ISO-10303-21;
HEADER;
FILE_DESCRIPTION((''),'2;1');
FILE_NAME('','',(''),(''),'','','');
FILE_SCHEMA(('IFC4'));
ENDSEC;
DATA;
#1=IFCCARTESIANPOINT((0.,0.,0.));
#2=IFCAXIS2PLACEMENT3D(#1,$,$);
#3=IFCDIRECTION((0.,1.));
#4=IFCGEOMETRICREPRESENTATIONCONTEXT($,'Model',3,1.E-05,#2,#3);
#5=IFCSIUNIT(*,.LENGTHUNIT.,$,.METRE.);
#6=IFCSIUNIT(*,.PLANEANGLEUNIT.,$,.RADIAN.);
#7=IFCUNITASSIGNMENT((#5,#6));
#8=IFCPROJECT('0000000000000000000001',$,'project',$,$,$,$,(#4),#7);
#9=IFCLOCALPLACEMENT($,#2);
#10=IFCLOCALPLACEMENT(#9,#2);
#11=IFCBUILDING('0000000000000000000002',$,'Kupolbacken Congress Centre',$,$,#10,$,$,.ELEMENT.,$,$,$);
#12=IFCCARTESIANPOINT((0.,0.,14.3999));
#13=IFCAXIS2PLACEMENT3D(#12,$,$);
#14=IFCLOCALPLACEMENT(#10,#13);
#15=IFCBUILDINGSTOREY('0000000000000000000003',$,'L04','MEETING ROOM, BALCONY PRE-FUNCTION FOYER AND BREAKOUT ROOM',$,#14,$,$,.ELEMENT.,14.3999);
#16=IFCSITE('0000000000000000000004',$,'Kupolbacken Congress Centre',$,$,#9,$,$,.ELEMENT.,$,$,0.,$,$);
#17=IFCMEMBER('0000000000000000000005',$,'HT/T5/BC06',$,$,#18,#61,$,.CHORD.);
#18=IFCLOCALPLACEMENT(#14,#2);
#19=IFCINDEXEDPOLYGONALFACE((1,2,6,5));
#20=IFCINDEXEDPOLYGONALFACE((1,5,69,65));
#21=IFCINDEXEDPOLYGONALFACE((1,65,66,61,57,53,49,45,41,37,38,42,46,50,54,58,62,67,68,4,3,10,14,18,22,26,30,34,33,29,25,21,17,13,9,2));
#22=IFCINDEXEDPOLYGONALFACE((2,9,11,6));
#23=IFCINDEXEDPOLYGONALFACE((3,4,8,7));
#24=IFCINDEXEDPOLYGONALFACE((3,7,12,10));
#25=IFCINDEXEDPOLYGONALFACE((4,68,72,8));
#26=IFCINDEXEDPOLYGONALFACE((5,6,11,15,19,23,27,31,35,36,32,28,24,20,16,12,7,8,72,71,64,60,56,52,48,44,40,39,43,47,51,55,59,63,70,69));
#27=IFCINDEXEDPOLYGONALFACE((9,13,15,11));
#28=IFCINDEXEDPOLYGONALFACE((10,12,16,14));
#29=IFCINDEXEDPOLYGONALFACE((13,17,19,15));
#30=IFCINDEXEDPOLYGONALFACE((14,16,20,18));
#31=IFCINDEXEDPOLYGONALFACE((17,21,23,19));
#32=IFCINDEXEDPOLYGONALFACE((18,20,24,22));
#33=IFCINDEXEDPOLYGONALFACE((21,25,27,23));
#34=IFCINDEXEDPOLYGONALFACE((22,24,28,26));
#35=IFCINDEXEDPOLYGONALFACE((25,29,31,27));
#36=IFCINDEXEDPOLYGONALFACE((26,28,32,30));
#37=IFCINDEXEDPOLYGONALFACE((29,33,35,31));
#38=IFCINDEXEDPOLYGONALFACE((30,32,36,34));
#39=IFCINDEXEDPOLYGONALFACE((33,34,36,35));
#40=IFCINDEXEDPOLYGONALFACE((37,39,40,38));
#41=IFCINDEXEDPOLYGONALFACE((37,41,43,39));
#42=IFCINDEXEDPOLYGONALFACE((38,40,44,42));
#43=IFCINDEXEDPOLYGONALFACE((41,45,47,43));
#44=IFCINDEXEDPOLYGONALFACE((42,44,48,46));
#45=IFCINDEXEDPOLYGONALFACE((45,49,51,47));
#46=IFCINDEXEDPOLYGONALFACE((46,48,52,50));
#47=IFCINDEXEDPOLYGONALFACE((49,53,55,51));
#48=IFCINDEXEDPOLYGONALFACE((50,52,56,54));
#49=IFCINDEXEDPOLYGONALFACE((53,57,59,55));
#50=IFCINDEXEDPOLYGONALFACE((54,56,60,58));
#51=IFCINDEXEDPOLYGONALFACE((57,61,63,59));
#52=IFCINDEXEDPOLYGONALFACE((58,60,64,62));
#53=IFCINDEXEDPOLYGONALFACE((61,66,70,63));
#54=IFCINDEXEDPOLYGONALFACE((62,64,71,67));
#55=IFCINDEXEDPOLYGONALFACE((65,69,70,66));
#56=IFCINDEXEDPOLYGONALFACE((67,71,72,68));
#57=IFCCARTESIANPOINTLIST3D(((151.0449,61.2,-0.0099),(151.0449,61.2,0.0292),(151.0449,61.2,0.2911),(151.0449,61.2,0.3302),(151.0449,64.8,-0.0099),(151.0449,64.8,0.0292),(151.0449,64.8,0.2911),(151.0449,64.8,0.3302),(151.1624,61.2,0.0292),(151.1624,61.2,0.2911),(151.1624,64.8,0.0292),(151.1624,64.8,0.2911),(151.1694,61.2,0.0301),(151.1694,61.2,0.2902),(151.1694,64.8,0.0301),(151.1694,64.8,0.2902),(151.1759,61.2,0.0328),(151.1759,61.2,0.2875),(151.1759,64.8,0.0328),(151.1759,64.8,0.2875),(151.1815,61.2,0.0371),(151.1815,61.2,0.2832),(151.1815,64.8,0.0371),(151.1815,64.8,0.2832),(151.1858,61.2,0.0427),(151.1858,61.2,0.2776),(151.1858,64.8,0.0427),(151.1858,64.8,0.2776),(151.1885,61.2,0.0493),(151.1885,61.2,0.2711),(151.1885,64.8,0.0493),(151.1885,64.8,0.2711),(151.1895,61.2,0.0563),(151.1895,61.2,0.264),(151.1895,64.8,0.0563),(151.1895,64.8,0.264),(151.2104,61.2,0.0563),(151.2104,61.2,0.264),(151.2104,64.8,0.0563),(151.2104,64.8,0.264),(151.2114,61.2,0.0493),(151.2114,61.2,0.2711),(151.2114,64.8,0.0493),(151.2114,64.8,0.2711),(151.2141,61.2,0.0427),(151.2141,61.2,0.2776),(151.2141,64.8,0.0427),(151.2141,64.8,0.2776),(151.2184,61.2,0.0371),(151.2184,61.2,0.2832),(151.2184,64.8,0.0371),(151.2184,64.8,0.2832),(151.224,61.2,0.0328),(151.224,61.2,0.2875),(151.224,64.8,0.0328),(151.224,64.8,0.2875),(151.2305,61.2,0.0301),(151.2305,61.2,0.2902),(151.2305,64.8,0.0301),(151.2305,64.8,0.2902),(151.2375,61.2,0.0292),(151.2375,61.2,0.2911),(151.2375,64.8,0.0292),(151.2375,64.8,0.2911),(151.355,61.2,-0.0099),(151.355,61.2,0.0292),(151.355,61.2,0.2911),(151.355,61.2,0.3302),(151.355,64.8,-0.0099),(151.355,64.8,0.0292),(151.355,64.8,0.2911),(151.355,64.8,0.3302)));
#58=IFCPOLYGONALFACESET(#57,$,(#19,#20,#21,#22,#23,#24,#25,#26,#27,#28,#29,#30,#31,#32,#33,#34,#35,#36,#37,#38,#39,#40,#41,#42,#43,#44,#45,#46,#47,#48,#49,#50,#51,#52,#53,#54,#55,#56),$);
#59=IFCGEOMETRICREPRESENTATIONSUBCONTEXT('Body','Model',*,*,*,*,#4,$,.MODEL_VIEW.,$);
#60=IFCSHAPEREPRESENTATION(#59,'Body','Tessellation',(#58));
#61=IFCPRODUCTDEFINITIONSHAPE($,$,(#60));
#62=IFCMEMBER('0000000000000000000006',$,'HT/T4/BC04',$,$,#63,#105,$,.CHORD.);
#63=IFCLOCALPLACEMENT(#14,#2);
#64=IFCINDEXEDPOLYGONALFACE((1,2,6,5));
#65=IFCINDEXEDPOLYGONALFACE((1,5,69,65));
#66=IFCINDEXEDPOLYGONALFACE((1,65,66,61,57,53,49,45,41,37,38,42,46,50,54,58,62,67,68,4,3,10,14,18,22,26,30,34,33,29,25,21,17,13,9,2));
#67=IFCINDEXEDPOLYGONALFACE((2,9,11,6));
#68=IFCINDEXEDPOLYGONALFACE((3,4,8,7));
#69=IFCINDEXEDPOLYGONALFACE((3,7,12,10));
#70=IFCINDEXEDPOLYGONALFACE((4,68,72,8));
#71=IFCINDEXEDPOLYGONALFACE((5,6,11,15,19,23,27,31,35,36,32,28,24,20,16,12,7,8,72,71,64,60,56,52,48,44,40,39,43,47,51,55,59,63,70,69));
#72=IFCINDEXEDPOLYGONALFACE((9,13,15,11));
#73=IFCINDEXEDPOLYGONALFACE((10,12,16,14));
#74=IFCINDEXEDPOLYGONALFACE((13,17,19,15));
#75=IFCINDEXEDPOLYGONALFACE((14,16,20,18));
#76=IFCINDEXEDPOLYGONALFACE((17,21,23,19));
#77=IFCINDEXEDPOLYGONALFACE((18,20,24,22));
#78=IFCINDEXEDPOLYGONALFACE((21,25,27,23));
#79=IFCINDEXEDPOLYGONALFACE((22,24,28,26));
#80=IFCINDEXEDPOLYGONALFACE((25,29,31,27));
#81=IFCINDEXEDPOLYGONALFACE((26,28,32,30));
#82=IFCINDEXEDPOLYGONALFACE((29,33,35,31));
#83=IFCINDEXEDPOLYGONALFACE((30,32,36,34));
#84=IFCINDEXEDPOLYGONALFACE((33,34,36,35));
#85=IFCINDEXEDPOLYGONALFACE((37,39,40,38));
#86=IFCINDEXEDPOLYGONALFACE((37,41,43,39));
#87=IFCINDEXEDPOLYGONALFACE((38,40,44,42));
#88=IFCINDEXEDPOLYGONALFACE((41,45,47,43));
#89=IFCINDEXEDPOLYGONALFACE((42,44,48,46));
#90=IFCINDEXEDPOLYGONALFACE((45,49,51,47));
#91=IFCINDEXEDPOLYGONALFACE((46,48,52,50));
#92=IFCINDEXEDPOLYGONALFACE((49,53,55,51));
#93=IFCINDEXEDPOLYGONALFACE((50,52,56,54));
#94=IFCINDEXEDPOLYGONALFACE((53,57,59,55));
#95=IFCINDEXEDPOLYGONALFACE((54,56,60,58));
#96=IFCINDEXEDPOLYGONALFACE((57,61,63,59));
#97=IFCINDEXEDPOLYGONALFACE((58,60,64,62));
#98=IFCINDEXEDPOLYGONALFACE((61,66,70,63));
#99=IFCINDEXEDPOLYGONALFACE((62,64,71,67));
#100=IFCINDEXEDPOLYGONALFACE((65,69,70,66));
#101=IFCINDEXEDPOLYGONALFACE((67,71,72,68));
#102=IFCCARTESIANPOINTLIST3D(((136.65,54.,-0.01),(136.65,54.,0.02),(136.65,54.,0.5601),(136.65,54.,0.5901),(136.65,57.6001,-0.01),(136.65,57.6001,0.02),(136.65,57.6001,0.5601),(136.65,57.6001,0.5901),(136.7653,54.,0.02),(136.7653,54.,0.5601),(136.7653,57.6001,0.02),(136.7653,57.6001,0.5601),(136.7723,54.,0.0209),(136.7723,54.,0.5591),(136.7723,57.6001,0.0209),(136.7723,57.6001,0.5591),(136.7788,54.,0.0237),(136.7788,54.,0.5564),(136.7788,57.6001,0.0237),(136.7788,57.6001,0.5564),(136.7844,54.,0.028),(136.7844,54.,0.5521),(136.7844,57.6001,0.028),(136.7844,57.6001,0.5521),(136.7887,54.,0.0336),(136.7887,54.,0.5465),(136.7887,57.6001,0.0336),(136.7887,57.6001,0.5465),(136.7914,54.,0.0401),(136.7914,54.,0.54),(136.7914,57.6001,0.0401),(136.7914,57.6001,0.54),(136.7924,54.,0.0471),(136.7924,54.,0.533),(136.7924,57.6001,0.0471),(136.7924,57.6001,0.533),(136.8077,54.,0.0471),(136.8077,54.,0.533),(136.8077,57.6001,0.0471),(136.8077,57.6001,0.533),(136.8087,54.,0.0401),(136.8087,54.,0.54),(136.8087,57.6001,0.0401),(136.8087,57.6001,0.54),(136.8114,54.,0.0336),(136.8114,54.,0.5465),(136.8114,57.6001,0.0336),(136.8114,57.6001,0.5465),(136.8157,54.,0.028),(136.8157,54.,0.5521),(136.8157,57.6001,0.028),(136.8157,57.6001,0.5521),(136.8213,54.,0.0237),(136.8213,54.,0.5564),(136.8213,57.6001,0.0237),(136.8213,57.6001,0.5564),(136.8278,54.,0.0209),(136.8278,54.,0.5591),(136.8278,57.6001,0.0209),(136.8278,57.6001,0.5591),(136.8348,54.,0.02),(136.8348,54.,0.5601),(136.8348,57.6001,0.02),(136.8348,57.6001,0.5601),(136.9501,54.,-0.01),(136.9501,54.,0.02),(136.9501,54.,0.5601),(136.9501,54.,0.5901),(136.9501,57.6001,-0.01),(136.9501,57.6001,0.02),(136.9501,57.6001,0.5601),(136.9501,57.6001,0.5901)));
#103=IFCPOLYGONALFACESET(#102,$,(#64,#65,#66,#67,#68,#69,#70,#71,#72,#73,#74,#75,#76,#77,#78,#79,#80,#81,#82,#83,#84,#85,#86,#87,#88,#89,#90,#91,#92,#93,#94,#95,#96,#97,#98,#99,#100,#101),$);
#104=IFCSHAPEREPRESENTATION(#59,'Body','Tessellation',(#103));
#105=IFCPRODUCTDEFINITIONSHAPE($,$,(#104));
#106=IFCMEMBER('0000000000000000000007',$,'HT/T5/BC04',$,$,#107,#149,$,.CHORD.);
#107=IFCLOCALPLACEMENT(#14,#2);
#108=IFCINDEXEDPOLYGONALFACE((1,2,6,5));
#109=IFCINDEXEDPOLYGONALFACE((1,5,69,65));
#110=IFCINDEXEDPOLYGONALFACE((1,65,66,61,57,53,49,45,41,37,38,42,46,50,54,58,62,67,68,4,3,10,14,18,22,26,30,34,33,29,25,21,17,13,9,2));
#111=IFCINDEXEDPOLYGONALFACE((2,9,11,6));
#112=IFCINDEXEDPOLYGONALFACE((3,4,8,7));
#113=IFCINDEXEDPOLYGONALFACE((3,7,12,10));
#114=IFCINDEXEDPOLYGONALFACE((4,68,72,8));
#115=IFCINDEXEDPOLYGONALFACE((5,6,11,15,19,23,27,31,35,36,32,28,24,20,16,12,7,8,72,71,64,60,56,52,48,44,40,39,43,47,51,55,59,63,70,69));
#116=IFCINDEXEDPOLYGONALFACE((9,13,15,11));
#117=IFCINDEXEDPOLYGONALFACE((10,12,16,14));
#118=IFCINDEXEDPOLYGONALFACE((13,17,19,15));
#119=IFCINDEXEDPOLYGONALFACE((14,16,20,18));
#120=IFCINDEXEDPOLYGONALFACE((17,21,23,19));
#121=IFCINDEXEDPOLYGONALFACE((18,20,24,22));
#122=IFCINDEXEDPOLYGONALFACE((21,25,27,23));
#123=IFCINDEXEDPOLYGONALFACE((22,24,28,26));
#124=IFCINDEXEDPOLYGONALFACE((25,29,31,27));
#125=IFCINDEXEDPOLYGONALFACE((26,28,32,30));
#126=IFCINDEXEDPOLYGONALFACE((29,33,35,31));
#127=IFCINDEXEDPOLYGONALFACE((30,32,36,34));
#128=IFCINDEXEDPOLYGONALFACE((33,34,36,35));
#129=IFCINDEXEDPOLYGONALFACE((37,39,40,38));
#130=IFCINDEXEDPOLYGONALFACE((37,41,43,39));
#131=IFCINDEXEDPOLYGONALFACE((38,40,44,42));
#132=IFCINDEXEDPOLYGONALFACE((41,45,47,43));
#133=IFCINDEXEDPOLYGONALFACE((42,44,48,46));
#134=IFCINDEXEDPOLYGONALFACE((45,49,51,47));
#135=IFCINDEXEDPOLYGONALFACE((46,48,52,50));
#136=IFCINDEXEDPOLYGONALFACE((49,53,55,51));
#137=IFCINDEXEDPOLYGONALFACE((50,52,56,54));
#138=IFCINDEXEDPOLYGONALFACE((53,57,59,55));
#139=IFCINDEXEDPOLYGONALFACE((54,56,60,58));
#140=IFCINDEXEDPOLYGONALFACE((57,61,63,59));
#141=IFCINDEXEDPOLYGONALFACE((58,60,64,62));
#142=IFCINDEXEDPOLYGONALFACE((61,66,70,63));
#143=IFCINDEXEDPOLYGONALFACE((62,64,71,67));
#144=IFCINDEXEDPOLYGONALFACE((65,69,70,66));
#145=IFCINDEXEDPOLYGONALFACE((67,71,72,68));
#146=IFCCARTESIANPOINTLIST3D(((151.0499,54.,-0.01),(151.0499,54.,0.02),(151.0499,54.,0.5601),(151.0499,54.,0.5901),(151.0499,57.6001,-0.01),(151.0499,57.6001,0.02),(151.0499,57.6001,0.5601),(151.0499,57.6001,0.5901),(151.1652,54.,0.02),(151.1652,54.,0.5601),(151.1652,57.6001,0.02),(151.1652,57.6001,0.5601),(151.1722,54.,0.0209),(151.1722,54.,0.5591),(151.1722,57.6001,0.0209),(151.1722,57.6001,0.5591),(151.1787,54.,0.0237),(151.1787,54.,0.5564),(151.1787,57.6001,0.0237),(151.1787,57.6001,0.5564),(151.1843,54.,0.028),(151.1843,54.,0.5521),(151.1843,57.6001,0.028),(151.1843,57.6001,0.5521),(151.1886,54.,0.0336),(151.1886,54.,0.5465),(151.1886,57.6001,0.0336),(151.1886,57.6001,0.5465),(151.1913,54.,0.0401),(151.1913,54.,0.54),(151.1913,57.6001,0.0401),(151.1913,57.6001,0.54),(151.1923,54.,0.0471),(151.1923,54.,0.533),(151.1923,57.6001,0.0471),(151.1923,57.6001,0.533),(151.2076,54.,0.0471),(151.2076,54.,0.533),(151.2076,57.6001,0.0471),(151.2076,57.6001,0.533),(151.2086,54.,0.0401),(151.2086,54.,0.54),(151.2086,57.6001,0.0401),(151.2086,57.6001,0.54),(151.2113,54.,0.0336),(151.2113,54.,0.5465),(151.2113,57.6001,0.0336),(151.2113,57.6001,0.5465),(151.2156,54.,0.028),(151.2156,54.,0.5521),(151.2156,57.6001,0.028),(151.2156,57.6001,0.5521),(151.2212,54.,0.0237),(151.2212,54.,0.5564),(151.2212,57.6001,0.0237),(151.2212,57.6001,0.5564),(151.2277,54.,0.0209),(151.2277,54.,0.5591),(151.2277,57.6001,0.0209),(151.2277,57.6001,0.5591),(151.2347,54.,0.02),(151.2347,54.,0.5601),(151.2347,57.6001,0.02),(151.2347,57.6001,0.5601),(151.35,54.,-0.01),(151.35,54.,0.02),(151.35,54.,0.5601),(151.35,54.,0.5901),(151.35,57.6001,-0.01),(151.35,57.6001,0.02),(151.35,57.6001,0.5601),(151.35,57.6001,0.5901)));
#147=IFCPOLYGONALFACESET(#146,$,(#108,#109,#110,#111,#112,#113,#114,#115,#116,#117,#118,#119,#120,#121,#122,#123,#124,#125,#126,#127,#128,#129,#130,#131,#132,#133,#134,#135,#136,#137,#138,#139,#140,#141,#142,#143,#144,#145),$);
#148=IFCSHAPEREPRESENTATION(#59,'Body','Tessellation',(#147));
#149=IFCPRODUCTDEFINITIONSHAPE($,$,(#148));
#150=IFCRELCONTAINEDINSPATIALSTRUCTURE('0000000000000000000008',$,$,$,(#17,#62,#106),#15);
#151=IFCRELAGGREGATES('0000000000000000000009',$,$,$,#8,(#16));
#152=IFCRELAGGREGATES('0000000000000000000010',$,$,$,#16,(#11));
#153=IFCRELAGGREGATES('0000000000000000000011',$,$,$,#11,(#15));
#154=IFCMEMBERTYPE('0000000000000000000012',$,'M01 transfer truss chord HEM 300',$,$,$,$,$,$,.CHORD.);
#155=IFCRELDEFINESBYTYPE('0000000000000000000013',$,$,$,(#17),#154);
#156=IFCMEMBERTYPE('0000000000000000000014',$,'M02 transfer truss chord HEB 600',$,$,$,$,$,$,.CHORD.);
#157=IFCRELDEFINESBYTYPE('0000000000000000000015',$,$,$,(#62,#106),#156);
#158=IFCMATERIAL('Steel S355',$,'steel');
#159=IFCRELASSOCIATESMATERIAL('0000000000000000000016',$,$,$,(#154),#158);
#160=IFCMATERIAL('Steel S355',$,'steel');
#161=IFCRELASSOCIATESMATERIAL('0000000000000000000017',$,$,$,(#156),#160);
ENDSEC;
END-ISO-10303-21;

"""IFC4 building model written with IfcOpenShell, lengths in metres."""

from ifc_helpers import new_model, si_unit, direction, frame, origin, origin_2d, place, context, subcontext, project, spatial, i_section, extrude, material, material_profile, profile_set, type_object, element, save


model = new_model("IFC4")

# Units and contexts
model_context = context("Model", 3, precision=1e-05, world=origin(), true_north=direction((0.0, 1.0)))
body_context = subcontext(model_context, "Body", "Model", "MODEL_VIEW")
ifc_project = project(units=[si_unit("LENGTHUNIT", "METRE"), si_unit("PLANEANGLEUNIT", "RADIAN")], contexts=[model_context])

# Site, building, storey
site_placement = place(None, origin())
site = spatial("IfcSite", under=ifc_project, at=site_placement, Name="Kupolbacken Congress Centre", CompositionType="ELEMENT", RefElevation=0.0)
building_placement = place(site_placement, origin())
building = spatial("IfcBuilding", under=site, at=building_placement, Name="Kupolbacken Congress Centre", CompositionType="ELEMENT")
storey_placement = place(building_placement, frame((0.0, 0.0, 14.3999)))
storey = spatial("IfcBuildingStorey", under=building, at=storey_placement, Name="L04", Description="MEETING ROOM, BALCONY PRE-FUNCTION FOYER AND BREAKOUT ROOM", CompositionType="ELEMENT", Elevation=14.3999)

# Members
ifc_material_1 = material(Name="Steel S355", Category="steel")
ifc_material_profile_1 = material_profile(ifc_material_1, i_section(OverallWidth=0.3101, OverallDepth=0.3401, WebThickness=0.021, FlangeThickness=0.0391, FilletRadius=0.0271, at=origin_2d()), Name="HEM 300")
ifc_profile_set_1 = profile_set([ifc_material_profile_1], Name="Steel S355")
member_type_1 = type_object("IfcMemberType", Name="M01 transfer truss chord HEM 300", PredefinedType="CHORD", material=ifc_profile_set_1)
member_1_placement = place(storey_placement, frame((151.2, 61.2, 0.1602), z_axis=(0.0, 1.0, 0.0), x_axis=(-1.0, 0.0, 0.0)))
element("IfcMember", 1, at=member_1_placement, inside=storey, type_object=member_type_1, Name="HT/T5/BC06", PredefinedType="CHORD", context=body_context, shape_type="SweptSolid", body=[
    extrude(i_section(OverallWidth=0.3101, OverallDepth=0.3401, WebThickness=0.021, FlangeThickness=0.0391, FilletRadius=0.0271, at=origin_2d()), origin(), (0.0, 0.0, 1.0), 3.6001),
])
ifc_material_2 = material(Name="Steel S355", Category="steel")
ifc_material_profile_2 = material_profile(ifc_material_2, i_section(OverallWidth=0.3, OverallDepth=0.6001, WebThickness=0.0154, FlangeThickness=0.03, FilletRadius=0.0271, at=origin_2d()), Name="HEB 600")
ifc_profile_set_2 = profile_set([ifc_material_profile_2], Name="Steel S355")
member_type_2 = type_object("IfcMemberType", Name="M02 transfer truss chord HEB 600", PredefinedType="CHORD", material=ifc_profile_set_2)
for number, where, z_axis, x_axis, name in (
    (2, (136.8, 54.0, 0.29), (0.0, 1.0, 0.0), (-1.0, 0.0, 0.0), "HT/T4/BC04"),
    (3, (151.2, 54.0, 0.29), (0.0, 1.0, 0.0), (-1.0, 0.0, 0.0), "HT/T5/BC04"),
):
    element("IfcMember", number, at=place(storey_placement, frame(where, z_axis=z_axis, x_axis=x_axis)), inside=storey, type_object=member_type_2, Name=name, PredefinedType="CHORD", context=body_context, shape_type="SweptSolid", body=[
        extrude(i_section(OverallWidth=0.3, OverallDepth=0.6001, WebThickness=0.0154, FlangeThickness=0.03, FilletRadius=0.0271, at=origin_2d()), origin(), (0.0, 0.0, 1.0), 3.6001),
    ])

save(model, "model.ifc")
